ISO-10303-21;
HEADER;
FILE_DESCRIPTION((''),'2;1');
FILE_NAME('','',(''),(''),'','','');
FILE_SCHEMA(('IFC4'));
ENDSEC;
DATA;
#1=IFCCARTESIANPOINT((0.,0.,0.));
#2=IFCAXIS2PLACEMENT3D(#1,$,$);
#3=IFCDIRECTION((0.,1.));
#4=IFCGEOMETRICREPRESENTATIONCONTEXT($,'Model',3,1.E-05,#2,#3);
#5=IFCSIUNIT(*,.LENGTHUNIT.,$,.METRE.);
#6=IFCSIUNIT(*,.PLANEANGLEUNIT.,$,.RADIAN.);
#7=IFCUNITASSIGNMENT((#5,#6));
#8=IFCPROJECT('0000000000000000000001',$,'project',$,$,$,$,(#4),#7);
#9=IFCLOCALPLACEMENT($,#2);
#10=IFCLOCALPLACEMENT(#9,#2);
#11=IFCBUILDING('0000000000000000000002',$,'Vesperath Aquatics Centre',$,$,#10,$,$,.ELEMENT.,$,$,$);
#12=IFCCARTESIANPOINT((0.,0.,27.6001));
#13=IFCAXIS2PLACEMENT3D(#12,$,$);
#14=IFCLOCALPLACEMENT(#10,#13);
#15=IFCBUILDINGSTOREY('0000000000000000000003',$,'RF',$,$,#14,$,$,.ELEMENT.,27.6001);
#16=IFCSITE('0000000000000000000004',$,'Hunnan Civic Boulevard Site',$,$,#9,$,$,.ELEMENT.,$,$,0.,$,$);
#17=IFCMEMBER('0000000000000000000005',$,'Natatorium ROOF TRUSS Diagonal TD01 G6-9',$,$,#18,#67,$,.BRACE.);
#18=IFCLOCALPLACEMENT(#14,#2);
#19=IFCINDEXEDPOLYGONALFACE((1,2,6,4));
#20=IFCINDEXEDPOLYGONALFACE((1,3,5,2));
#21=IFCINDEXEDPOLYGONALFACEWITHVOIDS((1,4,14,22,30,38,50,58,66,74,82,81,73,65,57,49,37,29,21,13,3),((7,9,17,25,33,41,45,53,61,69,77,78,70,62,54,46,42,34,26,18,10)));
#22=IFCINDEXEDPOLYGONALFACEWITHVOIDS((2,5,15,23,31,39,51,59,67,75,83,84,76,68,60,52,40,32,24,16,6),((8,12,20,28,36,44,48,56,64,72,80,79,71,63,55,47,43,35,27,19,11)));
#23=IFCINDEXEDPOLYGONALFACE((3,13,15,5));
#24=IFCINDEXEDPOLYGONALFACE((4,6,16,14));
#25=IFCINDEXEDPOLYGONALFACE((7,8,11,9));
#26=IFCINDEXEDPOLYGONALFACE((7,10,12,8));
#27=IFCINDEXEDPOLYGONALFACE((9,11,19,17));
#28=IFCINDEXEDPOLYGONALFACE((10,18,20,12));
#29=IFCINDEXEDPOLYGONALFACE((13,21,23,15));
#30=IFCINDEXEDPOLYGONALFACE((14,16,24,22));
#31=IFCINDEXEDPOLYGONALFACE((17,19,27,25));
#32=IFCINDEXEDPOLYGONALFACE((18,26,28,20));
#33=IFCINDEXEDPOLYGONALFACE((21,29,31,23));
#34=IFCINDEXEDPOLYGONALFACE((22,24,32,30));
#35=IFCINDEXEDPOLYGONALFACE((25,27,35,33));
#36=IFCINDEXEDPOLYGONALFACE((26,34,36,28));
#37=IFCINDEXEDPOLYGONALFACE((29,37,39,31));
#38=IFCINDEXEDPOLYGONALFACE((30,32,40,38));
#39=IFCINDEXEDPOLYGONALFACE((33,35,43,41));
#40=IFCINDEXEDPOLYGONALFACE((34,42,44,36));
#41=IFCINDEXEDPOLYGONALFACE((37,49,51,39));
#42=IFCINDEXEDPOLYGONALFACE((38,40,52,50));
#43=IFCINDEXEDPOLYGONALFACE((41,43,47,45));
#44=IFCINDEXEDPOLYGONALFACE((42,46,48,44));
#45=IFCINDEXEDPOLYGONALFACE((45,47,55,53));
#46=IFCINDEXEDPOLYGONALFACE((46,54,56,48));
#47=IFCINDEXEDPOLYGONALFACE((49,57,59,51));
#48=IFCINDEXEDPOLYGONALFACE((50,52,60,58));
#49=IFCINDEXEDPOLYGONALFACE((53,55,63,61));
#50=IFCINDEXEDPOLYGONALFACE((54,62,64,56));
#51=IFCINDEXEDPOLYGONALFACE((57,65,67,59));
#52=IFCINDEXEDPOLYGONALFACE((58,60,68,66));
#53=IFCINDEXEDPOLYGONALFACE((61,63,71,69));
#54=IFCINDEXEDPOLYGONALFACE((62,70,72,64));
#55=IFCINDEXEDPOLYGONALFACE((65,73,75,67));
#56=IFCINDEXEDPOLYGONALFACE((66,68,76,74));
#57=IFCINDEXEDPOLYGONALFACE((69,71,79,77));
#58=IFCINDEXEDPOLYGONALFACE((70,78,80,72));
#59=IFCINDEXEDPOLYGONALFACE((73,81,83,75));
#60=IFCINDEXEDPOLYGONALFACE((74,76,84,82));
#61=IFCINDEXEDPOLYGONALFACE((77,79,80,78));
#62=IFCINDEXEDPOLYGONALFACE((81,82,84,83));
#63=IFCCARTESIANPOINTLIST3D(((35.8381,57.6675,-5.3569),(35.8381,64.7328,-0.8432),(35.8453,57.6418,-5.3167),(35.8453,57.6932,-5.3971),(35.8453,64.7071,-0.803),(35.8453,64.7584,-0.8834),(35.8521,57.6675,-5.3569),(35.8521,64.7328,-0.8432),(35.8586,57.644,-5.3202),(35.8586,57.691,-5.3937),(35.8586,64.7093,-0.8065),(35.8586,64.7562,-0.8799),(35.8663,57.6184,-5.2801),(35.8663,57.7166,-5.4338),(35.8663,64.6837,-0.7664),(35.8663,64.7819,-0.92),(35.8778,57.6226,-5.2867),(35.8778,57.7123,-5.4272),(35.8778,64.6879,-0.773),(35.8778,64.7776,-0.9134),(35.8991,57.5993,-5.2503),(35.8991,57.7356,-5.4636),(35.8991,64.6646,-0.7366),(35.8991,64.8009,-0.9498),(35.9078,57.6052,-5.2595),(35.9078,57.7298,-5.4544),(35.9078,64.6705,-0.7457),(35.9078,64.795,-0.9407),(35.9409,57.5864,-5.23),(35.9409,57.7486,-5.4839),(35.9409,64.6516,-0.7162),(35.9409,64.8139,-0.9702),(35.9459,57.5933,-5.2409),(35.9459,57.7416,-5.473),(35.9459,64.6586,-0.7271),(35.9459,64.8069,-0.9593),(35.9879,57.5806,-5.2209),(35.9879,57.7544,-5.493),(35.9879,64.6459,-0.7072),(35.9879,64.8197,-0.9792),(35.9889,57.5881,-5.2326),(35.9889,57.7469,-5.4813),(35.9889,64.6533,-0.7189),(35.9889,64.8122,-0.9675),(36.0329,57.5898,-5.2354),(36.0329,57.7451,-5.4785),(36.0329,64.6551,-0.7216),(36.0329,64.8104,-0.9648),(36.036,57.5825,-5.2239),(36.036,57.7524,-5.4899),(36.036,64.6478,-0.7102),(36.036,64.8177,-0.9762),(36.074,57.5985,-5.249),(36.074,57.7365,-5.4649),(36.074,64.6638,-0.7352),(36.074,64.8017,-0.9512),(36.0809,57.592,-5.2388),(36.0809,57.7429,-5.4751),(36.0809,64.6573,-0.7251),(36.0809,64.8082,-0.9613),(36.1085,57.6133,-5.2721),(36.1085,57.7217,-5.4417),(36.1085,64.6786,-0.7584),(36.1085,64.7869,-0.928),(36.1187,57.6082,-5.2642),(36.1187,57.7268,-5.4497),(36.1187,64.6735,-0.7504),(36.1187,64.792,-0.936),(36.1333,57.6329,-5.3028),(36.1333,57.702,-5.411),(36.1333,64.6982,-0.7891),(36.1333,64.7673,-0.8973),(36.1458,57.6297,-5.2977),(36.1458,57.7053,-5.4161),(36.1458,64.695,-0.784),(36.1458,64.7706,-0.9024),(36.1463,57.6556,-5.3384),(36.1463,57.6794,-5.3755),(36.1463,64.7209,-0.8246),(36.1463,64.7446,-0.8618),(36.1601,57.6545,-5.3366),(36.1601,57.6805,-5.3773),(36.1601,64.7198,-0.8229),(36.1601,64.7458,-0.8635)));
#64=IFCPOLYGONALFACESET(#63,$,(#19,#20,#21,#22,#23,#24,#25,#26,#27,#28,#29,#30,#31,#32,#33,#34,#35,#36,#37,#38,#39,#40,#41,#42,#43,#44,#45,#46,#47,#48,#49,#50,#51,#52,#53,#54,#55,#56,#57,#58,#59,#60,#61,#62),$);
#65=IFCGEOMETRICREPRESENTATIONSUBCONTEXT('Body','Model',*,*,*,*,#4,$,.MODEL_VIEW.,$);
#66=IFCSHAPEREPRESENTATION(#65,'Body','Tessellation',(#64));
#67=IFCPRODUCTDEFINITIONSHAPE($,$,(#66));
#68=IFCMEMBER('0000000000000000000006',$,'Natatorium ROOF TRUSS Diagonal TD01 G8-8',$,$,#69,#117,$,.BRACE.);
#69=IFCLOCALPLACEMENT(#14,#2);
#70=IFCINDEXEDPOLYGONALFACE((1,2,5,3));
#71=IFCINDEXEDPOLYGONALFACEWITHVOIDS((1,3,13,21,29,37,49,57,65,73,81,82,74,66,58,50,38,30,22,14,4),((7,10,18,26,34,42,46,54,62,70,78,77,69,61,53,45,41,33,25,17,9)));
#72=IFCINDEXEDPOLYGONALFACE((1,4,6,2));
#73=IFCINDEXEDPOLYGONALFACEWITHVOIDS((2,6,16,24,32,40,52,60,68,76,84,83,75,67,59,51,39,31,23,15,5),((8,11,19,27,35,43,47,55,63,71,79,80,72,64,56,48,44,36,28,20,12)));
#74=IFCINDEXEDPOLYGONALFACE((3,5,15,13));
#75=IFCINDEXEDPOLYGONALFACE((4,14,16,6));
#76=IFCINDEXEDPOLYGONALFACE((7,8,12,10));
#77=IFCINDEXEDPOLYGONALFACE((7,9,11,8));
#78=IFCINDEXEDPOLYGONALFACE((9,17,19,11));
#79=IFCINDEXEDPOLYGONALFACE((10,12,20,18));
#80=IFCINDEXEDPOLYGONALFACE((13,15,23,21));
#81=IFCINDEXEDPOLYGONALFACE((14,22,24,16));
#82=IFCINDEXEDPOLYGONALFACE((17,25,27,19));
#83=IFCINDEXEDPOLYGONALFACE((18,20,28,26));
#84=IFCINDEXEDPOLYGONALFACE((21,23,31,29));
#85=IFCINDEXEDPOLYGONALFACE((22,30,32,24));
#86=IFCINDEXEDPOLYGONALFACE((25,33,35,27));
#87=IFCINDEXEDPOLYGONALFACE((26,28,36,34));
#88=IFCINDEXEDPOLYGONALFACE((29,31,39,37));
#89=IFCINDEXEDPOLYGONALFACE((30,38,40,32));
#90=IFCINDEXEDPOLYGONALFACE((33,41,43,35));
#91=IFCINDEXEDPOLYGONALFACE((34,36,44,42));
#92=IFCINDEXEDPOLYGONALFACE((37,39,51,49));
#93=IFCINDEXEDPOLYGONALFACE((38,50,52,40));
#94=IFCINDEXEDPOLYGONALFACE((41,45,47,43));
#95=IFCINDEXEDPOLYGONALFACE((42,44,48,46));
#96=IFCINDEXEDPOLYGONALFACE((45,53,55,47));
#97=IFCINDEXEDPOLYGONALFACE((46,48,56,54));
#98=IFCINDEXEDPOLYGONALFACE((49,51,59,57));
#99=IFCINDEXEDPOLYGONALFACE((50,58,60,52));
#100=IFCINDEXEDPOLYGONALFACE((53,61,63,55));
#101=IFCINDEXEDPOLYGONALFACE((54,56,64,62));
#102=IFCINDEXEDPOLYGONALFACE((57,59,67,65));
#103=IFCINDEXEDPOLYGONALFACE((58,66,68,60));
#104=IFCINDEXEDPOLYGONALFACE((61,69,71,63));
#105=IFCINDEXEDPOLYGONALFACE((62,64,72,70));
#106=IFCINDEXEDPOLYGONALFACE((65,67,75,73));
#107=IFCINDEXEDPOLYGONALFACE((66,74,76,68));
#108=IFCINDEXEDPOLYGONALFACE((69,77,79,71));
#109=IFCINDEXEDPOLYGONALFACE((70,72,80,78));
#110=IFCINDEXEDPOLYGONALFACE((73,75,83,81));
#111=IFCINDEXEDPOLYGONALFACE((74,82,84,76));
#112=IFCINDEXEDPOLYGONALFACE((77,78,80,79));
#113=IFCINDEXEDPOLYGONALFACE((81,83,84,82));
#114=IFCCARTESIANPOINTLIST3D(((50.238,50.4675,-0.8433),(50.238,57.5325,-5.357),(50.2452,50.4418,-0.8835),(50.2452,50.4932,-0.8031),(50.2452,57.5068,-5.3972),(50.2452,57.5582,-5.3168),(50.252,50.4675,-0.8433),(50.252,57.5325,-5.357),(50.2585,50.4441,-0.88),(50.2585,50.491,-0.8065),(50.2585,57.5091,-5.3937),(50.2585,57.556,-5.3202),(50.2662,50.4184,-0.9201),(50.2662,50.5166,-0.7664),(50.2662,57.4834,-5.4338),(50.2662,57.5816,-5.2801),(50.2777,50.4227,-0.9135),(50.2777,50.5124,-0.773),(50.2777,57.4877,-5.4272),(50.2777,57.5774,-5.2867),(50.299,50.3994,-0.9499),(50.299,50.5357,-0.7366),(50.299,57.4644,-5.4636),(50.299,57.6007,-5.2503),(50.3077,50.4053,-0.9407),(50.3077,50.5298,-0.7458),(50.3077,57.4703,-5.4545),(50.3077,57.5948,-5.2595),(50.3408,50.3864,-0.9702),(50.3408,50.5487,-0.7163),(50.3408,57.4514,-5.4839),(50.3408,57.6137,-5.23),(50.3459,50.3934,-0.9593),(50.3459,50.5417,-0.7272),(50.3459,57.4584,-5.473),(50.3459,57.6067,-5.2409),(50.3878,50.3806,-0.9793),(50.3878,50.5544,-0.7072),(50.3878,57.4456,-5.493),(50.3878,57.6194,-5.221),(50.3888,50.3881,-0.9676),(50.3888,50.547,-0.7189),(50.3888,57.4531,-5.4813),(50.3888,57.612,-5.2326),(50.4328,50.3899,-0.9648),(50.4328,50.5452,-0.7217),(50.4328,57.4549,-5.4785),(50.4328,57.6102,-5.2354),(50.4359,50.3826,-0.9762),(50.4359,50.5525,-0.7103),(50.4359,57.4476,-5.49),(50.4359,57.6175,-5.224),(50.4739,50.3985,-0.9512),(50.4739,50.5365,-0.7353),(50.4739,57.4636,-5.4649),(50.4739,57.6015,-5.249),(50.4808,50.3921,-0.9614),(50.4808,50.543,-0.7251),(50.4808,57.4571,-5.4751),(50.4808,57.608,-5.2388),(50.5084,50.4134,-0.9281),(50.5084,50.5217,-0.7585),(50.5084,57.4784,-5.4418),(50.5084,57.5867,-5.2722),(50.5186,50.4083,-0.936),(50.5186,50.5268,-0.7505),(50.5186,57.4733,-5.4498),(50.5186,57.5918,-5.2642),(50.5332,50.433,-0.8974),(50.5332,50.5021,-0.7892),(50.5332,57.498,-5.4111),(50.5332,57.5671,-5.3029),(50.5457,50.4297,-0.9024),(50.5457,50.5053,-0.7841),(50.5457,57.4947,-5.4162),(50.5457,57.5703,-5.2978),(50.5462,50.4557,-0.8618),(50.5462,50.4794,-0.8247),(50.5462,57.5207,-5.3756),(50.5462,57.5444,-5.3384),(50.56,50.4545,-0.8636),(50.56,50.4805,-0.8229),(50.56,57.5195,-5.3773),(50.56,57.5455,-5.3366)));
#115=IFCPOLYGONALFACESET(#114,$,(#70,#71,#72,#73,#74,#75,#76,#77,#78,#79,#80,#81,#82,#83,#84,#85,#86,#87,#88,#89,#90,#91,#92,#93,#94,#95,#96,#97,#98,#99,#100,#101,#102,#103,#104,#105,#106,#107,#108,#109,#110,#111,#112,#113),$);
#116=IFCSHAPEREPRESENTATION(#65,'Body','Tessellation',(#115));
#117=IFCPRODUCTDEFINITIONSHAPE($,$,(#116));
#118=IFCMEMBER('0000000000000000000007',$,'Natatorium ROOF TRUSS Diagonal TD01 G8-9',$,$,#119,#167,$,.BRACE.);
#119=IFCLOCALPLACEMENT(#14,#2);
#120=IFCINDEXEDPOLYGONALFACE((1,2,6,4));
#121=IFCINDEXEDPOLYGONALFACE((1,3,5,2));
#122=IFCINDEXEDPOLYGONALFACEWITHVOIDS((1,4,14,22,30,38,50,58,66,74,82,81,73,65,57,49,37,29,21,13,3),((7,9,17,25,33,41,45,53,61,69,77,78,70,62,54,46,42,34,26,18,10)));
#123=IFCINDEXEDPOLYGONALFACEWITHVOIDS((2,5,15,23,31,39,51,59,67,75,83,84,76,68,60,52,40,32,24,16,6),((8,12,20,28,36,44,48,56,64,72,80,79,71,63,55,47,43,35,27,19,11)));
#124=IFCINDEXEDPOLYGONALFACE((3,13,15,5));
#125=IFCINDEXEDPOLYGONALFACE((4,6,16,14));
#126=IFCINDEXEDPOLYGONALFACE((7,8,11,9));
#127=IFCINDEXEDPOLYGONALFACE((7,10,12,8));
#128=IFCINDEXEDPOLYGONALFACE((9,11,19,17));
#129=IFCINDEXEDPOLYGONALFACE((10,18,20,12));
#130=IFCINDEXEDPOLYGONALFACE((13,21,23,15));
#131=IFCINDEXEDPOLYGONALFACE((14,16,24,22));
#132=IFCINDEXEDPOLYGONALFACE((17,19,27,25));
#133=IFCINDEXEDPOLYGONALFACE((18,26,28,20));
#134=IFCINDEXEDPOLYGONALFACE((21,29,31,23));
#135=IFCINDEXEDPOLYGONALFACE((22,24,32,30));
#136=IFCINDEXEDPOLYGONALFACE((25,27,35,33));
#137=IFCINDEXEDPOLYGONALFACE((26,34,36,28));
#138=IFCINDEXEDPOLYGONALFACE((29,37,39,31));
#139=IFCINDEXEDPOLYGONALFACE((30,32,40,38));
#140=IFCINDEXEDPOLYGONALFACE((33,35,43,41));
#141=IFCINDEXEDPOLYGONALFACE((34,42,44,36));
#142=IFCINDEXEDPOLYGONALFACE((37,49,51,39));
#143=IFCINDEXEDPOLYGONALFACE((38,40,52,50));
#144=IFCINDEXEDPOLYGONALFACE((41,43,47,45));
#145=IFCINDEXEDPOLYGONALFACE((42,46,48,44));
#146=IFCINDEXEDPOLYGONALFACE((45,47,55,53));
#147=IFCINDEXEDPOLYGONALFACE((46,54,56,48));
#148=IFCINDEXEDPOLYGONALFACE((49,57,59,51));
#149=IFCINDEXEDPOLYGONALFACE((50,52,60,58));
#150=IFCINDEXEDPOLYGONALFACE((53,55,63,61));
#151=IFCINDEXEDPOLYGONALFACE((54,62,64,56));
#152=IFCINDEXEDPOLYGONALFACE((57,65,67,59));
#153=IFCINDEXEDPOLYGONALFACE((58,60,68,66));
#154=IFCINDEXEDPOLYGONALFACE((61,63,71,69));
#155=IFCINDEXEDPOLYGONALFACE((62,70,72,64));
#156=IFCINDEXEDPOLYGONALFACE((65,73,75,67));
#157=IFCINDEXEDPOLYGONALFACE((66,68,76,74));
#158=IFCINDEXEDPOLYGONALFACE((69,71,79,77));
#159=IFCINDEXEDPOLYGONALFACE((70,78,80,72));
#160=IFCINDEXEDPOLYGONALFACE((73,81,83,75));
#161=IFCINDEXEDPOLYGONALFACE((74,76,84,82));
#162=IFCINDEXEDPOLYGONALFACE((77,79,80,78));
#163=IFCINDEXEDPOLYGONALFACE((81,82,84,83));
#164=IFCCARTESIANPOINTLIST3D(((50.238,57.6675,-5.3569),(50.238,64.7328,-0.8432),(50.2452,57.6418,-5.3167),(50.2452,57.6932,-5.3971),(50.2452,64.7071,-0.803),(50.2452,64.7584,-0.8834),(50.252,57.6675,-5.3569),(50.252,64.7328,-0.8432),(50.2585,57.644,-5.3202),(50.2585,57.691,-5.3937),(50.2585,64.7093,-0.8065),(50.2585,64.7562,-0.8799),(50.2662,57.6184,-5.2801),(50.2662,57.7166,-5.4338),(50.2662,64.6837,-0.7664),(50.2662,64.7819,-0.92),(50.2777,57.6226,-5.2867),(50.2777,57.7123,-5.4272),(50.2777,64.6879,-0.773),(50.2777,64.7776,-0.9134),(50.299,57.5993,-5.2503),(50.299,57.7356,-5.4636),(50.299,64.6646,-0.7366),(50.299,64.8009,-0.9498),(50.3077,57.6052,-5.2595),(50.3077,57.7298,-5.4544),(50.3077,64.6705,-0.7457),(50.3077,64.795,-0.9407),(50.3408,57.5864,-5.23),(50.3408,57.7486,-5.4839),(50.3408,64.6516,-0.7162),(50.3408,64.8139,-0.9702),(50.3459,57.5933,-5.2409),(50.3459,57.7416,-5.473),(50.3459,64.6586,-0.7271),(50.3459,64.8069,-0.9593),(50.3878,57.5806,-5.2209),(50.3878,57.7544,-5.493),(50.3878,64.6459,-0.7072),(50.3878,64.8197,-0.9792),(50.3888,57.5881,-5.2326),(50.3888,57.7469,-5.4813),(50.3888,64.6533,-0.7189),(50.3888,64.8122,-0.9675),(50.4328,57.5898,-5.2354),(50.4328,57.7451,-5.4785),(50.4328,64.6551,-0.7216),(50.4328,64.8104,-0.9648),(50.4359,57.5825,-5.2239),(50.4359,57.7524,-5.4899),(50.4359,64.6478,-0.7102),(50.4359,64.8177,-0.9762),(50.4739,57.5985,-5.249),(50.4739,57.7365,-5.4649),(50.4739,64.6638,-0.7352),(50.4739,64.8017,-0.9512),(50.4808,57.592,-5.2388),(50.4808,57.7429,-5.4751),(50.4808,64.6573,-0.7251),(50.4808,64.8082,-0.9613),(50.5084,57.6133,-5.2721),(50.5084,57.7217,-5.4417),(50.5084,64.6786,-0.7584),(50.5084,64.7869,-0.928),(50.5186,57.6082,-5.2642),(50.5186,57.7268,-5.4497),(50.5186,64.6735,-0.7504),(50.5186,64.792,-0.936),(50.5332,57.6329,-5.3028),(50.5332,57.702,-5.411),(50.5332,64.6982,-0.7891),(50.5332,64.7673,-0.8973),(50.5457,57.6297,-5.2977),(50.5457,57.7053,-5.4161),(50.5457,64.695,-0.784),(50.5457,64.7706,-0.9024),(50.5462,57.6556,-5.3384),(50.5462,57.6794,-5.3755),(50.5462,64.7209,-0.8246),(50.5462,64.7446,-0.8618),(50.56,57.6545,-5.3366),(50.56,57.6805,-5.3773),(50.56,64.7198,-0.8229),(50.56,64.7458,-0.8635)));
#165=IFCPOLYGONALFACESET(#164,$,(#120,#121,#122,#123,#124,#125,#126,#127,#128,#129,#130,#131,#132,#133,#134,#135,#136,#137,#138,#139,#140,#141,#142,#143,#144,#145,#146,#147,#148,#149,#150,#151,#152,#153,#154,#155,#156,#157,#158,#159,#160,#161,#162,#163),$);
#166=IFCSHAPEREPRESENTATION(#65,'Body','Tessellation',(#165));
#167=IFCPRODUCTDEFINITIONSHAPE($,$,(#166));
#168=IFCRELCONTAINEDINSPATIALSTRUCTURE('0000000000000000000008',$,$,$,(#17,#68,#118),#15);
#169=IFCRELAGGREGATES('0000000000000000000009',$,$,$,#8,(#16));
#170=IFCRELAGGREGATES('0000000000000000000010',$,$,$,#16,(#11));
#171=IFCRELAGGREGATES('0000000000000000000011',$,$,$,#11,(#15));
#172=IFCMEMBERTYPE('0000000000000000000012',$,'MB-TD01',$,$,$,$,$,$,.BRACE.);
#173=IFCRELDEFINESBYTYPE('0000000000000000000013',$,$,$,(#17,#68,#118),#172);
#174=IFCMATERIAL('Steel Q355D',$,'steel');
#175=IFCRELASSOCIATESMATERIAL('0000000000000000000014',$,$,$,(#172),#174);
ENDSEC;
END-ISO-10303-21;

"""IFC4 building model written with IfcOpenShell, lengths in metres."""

from ifc_helpers import new_model, si_unit, direction, frame, origin, origin_2d, place, context, subcontext, project, spatial, hollow_circle, extrude, material, material_profile, profile_set, type_object, element, save


model = new_model("IFC4")

# Units and contexts
model_context = context("Model", 3, precision=1e-05, world=origin(), true_north=direction((0.0, 1.0)))
body_context = subcontext(model_context, "Body", "Model", "MODEL_VIEW")
ifc_project = project(units=[si_unit("LENGTHUNIT", "METRE"), si_unit("PLANEANGLEUNIT", "RADIAN")], contexts=[model_context])

# Site, building, storey
site_placement = place(None, origin())
site = spatial("IfcSite", under=ifc_project, at=site_placement, Name="Hunnan Civic Boulevard Site", CompositionType="ELEMENT", RefElevation=0.0)
building_placement = place(site_placement, origin())
building = spatial("IfcBuilding", under=site, at=building_placement, Name="Vesperath Aquatics Centre", CompositionType="ELEMENT")
storey_placement = place(building_placement, frame((0.0, 0.0, 27.6001)))
storey = spatial("IfcBuildingStorey", under=building, at=storey_placement, Name="RF", CompositionType="ELEMENT", Elevation=27.6001)

# Members
ifc_material_1 = material(Name="Steel Q355D", Category="steel")
ifc_material_profile_1 = material_profile(ifc_material_1, hollow_circle(Radius=0.1619, WallThickness=0.0139, at=origin_2d()), Name="CHS 323.9x14")
ifc_profile_set_1 = profile_set([ifc_material_profile_1], Name="Steel Q355D")
member_type_1 = type_object("IfcMemberType", Name="MB-TD01", PredefinedType="BRACE", material=ifc_profile_set_1)
member_1_placement = place(storey_placement, frame((36.0, 57.6675, -5.3569), z_axis=(0.0, 0.842707, 0.538373), x_axis=(-1.0, 0.0, 0.0)))
element("IfcMember", 1, at=member_1_placement, inside=storey, type_object=member_type_1, Name="Natatorium ROOF TRUSS Diagonal TD01 G6-9", PredefinedType="BRACE", context=body_context, shape_type="SweptSolid", body=[
    extrude(hollow_circle(Radius=0.1619, WallThickness=0.0139, at=origin_2d()), origin(), (0.0, 0.0, 1.0), 8.384),
])
member_2_placement = place(storey_placement, frame((50.3999, 50.4675, -0.8433), z_axis=(0.0, 0.842698, -0.538386), x_axis=(-1.0, 0.0, 0.0)))
element("IfcMember", 2, at=member_2_placement, inside=storey, type_object=member_type_1, Name="Natatorium ROOF TRUSS Diagonal TD01 G8-8", PredefinedType="BRACE", context=body_context, shape_type="SweptSolid", body=[
    extrude(hollow_circle(Radius=0.1619, WallThickness=0.0139, at=origin_2d()), origin(), (0.0, 0.0, 1.0), 8.3838),
])
member_3_placement = place(storey_placement, frame((50.3999, 57.6675, -5.3569), z_axis=(0.0, 0.842707, 0.538373), x_axis=(-1.0, 0.0, 0.0)))
element("IfcMember", 3, at=member_3_placement, inside=storey, type_object=member_type_1, Name="Natatorium ROOF TRUSS Diagonal TD01 G8-9", PredefinedType="BRACE", context=body_context, shape_type="SweptSolid", body=[
    extrude(hollow_circle(Radius=0.1619, WallThickness=0.0139, at=origin_2d()), origin(), (0.0, 0.0, 1.0), 8.384),
])

save(model, "model.ifc")
